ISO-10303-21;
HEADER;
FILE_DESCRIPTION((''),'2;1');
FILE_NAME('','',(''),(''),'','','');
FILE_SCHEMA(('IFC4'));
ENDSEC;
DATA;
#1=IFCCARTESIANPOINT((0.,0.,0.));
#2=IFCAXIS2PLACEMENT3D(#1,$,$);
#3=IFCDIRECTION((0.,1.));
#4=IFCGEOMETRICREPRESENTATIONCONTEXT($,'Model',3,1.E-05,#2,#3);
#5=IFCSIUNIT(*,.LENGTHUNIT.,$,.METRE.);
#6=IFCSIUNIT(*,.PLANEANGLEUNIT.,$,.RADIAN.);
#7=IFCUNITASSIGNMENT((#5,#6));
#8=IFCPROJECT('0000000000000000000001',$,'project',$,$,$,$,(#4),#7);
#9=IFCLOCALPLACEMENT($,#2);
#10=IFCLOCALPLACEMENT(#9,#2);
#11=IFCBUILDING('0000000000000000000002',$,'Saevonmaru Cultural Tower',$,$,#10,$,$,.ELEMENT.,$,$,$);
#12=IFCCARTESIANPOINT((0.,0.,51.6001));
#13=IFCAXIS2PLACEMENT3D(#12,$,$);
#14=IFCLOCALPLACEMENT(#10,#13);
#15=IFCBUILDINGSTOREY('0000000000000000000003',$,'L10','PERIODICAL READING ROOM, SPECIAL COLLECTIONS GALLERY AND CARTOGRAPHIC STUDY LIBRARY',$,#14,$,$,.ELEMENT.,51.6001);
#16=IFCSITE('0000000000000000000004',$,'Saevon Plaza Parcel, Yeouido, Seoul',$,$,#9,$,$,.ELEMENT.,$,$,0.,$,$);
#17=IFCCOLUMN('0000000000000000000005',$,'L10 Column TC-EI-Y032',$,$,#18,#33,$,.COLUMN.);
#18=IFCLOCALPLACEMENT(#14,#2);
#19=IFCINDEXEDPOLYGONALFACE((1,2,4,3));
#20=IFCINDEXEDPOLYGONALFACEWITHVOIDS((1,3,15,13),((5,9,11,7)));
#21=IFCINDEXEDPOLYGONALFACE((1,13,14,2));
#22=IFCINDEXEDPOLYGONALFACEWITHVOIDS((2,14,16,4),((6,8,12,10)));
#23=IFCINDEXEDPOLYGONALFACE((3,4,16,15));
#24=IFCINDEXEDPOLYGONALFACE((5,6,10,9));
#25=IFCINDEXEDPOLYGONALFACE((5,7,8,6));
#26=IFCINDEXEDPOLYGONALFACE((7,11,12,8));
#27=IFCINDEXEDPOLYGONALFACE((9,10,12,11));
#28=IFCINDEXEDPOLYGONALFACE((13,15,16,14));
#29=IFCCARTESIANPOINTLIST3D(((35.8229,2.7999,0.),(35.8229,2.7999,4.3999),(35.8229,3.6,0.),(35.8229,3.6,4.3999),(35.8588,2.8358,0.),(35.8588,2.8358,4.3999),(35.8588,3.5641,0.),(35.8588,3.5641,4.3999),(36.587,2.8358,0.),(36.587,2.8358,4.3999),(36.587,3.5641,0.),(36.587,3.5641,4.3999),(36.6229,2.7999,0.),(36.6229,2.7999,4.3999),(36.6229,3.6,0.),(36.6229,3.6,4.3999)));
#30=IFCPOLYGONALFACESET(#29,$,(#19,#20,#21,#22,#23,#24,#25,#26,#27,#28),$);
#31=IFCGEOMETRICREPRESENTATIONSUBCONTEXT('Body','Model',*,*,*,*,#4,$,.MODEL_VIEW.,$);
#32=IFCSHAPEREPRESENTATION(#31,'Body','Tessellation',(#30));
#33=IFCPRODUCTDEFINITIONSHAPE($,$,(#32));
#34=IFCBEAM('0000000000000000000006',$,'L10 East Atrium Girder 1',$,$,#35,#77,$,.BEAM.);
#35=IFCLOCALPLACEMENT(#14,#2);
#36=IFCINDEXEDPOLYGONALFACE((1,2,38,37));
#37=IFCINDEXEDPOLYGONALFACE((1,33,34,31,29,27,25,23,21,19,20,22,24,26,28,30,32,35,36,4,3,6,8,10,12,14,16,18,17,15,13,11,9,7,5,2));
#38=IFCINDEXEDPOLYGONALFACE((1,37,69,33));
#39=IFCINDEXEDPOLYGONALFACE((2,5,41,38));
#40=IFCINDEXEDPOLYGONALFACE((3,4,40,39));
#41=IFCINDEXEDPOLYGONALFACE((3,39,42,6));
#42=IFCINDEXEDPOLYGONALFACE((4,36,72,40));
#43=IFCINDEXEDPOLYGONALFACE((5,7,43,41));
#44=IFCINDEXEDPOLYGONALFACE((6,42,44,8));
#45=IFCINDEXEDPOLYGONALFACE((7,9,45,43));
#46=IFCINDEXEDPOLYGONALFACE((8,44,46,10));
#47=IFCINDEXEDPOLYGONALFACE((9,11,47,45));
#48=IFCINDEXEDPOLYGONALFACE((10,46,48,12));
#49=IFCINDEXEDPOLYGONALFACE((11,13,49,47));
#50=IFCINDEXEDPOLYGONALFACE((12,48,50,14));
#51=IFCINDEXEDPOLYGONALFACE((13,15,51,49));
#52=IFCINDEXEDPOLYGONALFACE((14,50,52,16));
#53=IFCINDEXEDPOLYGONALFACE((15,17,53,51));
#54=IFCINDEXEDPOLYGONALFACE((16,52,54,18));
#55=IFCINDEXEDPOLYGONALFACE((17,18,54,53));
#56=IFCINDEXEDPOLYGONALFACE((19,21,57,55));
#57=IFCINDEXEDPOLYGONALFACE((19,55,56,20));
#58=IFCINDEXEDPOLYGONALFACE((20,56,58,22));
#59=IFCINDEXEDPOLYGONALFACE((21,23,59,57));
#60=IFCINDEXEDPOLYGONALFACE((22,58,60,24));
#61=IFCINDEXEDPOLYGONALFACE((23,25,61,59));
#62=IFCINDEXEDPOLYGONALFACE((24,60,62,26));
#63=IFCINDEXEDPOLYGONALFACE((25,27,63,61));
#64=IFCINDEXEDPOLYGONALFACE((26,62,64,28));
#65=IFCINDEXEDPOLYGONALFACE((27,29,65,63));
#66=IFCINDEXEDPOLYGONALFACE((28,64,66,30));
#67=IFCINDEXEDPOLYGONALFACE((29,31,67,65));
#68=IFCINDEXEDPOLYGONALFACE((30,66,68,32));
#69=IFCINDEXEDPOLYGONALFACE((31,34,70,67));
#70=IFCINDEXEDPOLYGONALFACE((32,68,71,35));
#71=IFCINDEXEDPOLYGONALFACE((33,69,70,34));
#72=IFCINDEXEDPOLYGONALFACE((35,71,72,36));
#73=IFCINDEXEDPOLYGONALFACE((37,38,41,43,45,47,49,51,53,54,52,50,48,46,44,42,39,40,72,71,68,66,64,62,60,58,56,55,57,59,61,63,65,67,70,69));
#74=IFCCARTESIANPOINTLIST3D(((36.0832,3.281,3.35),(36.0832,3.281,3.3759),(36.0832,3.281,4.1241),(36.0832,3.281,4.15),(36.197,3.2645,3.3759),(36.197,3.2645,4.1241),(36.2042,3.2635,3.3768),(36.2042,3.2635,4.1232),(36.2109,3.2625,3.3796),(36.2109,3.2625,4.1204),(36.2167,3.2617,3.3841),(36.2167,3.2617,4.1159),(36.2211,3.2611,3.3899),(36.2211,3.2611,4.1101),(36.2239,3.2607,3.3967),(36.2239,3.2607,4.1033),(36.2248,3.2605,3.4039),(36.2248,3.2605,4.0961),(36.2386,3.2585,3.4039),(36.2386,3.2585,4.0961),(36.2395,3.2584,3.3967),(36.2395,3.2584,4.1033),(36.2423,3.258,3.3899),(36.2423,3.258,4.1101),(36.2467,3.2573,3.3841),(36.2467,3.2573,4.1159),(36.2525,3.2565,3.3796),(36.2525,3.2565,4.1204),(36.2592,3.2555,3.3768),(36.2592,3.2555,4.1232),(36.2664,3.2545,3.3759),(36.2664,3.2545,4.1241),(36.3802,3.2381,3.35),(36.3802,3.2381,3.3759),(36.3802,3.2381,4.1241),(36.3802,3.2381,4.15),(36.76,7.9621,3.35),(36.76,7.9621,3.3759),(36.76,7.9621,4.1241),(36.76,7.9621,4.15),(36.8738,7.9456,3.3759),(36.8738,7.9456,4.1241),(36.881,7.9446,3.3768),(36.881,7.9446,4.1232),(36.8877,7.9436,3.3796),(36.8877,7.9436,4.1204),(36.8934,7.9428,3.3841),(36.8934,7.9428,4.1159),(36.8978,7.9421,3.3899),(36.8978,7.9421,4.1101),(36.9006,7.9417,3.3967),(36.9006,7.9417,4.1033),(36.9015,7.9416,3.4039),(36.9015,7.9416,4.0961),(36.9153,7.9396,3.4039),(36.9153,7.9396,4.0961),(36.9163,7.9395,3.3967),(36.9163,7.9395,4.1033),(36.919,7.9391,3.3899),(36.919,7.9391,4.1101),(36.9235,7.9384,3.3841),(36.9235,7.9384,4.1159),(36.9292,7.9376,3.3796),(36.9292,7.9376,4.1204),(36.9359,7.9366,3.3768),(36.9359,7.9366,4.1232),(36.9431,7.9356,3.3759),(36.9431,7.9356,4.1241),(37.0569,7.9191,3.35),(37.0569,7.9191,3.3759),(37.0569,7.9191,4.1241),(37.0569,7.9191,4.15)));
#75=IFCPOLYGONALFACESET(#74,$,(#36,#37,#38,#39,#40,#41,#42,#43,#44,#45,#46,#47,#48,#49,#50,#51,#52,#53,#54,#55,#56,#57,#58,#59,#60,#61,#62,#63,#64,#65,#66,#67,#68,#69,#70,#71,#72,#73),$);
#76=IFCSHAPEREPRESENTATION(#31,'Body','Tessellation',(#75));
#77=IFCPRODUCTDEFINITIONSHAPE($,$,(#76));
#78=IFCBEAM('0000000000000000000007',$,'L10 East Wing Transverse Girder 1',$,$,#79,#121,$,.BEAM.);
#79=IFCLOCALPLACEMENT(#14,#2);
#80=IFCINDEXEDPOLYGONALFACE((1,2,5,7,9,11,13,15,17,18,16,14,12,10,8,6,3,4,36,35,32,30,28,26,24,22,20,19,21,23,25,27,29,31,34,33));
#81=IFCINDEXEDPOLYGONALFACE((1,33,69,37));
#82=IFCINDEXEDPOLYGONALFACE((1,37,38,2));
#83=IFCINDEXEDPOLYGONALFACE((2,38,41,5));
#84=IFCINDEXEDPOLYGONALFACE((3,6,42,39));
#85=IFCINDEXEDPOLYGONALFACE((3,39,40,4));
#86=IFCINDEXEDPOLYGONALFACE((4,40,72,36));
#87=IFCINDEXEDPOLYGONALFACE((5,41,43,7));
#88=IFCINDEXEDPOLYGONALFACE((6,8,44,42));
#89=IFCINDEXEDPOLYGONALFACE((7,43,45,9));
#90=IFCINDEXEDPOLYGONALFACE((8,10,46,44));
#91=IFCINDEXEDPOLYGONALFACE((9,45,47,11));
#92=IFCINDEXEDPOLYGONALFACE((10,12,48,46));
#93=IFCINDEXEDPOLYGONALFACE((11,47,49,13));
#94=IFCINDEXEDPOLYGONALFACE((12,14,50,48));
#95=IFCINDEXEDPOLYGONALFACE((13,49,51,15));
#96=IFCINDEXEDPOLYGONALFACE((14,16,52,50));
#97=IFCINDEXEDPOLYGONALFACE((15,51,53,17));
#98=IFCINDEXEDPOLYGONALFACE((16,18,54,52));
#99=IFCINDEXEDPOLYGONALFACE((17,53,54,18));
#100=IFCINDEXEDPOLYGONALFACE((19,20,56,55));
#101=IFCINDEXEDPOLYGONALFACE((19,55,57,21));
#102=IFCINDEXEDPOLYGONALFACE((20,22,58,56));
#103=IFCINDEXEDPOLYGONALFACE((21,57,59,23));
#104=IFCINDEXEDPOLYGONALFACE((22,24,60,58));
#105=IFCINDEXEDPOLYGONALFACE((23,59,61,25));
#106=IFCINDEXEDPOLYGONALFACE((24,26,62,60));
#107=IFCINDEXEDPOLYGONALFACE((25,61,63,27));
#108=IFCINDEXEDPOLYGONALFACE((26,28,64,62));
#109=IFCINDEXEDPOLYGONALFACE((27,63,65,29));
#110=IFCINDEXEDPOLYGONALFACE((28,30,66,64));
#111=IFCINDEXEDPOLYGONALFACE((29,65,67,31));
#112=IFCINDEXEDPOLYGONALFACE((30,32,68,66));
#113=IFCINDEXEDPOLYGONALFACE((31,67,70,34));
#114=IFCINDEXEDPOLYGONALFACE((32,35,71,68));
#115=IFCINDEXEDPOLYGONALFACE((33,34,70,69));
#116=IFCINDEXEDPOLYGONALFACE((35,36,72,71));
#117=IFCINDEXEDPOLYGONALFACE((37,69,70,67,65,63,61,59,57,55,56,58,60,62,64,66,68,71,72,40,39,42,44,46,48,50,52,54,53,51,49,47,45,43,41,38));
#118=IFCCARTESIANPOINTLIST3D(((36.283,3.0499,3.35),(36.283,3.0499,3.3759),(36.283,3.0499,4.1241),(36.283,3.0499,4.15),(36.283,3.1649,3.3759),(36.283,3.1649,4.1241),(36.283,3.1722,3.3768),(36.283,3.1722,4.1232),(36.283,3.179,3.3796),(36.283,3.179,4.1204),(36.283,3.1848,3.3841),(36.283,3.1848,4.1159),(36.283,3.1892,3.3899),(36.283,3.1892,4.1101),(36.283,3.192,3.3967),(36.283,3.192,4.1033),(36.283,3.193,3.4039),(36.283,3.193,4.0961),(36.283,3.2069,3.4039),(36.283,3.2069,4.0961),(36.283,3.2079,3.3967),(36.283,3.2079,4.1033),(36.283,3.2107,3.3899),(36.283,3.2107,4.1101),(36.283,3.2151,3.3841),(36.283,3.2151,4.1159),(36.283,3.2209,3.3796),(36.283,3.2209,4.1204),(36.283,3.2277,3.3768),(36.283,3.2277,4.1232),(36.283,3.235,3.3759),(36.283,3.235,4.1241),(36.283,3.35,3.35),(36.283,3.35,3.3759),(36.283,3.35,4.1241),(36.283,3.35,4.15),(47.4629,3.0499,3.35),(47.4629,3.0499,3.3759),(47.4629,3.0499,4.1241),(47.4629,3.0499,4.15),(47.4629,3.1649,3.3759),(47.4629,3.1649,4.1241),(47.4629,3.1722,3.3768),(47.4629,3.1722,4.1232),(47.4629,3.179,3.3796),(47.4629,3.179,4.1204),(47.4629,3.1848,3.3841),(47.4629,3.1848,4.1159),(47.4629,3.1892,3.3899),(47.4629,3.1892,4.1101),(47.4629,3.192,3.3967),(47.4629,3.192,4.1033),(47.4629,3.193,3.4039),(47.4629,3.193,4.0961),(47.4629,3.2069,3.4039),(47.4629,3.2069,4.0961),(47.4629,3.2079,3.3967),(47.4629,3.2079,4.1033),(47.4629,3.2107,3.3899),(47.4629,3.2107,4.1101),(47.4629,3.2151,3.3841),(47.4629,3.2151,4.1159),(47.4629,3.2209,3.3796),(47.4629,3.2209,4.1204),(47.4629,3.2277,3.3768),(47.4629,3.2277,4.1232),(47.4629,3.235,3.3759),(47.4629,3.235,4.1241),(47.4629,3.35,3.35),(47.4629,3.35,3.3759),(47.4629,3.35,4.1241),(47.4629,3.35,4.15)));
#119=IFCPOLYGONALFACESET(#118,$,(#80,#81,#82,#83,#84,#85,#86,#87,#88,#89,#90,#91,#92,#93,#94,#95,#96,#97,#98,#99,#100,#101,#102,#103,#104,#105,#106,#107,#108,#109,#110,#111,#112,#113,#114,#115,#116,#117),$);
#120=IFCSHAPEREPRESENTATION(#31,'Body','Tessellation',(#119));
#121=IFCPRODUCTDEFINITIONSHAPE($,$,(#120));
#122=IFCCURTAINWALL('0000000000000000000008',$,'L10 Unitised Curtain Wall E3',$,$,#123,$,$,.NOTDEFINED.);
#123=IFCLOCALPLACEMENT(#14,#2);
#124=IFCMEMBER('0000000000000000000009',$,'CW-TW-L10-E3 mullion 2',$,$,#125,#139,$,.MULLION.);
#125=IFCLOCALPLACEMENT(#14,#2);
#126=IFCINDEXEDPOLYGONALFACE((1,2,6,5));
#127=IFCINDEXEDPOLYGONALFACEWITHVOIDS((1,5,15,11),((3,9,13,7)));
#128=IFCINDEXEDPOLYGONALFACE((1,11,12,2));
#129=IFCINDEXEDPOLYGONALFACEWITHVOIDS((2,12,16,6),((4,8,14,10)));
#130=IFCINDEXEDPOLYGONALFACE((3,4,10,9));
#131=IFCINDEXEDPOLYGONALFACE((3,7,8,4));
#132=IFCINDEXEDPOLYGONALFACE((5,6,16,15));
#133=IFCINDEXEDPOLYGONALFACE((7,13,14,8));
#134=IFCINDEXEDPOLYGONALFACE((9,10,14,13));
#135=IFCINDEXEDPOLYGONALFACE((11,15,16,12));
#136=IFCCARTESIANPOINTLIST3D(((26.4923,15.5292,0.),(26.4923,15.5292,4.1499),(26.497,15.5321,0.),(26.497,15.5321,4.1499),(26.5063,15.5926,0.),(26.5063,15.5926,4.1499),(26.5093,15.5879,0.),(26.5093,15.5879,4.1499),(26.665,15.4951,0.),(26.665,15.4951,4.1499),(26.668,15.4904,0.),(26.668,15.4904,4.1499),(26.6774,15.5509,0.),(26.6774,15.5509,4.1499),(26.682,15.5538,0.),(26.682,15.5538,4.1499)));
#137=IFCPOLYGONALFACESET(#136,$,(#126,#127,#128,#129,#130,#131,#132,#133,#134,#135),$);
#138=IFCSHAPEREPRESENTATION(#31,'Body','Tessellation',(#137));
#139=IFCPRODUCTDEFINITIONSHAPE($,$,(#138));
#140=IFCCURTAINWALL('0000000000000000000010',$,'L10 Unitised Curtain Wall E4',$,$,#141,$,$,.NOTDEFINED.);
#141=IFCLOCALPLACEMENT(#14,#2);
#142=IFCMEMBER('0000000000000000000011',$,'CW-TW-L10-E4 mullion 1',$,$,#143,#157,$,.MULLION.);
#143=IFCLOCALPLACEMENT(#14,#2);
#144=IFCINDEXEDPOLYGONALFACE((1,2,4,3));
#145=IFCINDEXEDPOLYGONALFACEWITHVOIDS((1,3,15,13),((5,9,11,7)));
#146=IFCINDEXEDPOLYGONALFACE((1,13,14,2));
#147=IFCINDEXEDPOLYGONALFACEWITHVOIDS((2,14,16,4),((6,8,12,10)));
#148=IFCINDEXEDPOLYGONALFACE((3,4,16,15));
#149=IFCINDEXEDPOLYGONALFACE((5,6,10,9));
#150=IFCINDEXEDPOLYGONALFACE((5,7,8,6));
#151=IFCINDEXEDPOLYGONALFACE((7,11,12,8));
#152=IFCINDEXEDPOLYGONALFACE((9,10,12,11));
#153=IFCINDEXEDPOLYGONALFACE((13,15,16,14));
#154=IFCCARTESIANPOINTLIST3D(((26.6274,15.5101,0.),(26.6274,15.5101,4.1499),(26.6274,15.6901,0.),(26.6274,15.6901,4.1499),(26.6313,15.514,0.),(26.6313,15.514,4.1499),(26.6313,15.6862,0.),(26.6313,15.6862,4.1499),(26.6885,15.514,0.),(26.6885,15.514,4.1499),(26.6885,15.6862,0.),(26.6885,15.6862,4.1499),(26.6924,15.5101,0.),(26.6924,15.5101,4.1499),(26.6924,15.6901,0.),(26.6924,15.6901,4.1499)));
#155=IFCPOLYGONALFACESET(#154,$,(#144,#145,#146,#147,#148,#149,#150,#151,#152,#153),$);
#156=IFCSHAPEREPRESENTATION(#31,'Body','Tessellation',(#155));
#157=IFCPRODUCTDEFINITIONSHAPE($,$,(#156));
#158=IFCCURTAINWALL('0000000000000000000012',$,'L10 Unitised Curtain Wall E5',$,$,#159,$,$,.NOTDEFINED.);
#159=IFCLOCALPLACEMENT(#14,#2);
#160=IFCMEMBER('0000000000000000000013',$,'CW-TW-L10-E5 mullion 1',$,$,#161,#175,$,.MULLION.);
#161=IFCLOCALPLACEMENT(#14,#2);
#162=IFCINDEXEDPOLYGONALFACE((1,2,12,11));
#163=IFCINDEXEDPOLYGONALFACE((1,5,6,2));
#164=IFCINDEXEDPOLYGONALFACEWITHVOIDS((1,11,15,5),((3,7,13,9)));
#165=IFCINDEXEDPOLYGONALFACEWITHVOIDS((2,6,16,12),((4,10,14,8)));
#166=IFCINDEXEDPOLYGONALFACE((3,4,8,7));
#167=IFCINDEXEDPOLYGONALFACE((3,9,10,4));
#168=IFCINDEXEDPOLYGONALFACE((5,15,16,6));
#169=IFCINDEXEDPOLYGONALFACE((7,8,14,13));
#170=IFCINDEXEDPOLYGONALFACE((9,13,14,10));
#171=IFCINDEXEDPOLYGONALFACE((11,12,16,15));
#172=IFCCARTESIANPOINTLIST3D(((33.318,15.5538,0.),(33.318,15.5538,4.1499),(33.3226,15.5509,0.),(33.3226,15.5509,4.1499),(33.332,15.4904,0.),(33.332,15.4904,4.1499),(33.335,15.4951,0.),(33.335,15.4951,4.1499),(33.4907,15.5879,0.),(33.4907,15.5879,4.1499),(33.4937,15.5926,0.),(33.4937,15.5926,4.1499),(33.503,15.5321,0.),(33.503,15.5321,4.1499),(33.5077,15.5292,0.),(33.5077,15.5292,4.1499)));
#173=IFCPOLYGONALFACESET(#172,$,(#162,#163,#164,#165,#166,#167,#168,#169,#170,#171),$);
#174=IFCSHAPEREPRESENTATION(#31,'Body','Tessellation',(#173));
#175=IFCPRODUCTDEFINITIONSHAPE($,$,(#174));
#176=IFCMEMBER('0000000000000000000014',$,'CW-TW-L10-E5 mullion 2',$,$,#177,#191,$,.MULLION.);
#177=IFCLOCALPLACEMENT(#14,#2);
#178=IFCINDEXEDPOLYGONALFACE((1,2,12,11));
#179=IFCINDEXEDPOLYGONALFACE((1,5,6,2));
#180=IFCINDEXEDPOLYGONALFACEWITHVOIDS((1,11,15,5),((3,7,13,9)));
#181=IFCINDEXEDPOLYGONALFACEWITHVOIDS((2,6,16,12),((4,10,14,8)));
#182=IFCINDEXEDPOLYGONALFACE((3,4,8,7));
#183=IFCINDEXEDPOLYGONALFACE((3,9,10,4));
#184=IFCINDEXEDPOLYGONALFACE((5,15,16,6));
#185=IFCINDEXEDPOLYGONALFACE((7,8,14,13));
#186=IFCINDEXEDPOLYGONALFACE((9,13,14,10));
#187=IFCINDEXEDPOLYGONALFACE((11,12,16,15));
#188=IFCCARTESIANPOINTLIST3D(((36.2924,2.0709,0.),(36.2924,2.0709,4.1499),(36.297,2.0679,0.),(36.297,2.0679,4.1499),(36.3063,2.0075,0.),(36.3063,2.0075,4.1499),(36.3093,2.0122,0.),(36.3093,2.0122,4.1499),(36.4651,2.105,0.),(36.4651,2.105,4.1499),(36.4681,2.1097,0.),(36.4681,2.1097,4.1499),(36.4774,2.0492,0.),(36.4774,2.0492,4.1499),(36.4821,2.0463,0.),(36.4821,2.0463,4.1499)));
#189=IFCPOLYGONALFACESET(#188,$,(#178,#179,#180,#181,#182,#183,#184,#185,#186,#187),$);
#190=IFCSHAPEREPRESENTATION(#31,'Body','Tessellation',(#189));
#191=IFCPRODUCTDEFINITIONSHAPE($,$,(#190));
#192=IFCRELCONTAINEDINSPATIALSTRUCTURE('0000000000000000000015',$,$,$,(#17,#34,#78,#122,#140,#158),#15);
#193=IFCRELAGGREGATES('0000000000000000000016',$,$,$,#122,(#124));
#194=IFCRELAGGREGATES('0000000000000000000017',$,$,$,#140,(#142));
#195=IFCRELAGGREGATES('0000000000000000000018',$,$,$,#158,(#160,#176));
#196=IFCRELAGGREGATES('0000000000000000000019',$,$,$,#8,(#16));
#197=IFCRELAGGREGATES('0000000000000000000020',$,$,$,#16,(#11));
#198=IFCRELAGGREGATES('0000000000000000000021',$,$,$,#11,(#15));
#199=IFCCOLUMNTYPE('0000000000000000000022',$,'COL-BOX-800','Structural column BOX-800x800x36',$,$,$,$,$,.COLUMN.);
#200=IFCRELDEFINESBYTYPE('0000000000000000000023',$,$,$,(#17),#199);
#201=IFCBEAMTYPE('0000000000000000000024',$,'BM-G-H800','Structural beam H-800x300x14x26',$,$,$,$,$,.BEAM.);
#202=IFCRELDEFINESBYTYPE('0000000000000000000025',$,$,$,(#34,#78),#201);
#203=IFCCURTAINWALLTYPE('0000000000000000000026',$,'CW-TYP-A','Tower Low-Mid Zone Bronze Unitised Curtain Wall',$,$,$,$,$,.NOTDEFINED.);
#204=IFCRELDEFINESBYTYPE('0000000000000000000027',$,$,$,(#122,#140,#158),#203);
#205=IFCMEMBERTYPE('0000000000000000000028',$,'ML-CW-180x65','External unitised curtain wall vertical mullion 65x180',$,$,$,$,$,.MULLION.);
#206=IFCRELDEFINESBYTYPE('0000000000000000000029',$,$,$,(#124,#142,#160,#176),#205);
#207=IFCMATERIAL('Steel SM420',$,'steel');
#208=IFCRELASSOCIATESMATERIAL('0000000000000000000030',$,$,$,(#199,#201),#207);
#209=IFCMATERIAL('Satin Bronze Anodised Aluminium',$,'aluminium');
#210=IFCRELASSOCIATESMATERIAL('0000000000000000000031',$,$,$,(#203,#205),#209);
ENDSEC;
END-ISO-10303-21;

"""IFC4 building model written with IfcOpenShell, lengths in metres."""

from ifc_helpers import new_model, si_unit, direction, frame, origin, origin_2d, place, context, subcontext, project, spatial, hollow_rectangle, i_section, extrude, material, material_profile, profile_set, type_object, element, aggregate, save


model = new_model("IFC4")

# Units and contexts
model_context = context("Model", 3, precision=1e-05, world=origin(), true_north=direction((0.0, 1.0)))
body_context = subcontext(model_context, "Body", "Model", "MODEL_VIEW")
ifc_project = project(units=[si_unit("LENGTHUNIT", "METRE"), si_unit("PLANEANGLEUNIT", "RADIAN")], contexts=[model_context])

# Site, building, storey
site_placement = place(None, origin())
site = spatial("IfcSite", under=ifc_project, at=site_placement, Name="Saevon Plaza Parcel, Yeouido, Seoul", CompositionType="ELEMENT", RefElevation=0.0)
building_placement = place(site_placement, origin())
building = spatial("IfcBuilding", under=site, at=building_placement, Name="Saevonmaru Cultural Tower", CompositionType="ELEMENT")
storey_placement = place(building_placement, frame((0.0, 0.0, 51.6001)))
storey = spatial("IfcBuildingStorey", under=building, at=storey_placement, Name="L10", Description="PERIODICAL READING ROOM, SPECIAL COLLECTIONS GALLERY AND CARTOGRAPHIC STUDY LIBRARY", CompositionType="ELEMENT", Elevation=51.6001)

# Column
ifc_material_1 = material(Name="Steel SM420", Category="steel")
ifc_material_profile_1 = material_profile(ifc_material_1, hollow_rectangle(XDim=0.8, YDim=0.8, WallThickness=0.0359, at=origin_2d()), Name="BOX-800x800x36")
ifc_profile_set_1 = profile_set([ifc_material_profile_1], Name="Steel SM420")
column_type = type_object("IfcColumnType", Name="COL-BOX-800", Description="Structural column BOX-800x800x36", PredefinedType="COLUMN", material=ifc_profile_set_1)
column_placement = place(storey_placement, frame((36.2229, 3.2, 0.0), z_axis=(0.0, 0.0, 1.0), x_axis=(1.0, 0.0, 0.0)))
element("IfcColumn", 1, at=column_placement, inside=storey, type_object=column_type, Name="L10 Column TC-EI-Y032", PredefinedType="COLUMN", context=body_context, shape_type="SweptSolid", body=[
    extrude(hollow_rectangle(XDim=0.8, YDim=0.8, WallThickness=0.0359, at=origin_2d()), origin(), (0.0, 0.0, 1.0), 4.3999),
])

# Beams
ifc_material_profile_2 = material_profile(ifc_material_1, i_section(OverallWidth=0.3, OverallDepth=0.8, WebThickness=0.0139, FlangeThickness=0.0259, FilletRadius=0.0281, at=origin_2d()), Name="H-800x300x14x26")
ifc_profile_set_2 = profile_set([ifc_material_profile_2], Name="Steel SM420")
beam_type = type_object("IfcBeamType", Name="BM-G-H800", Description="Structural beam H-800x300x14x26", PredefinedType="BEAM", material=ifc_profile_set_2)
beam_1_placement = place(storey_placement, frame((36.2317, 3.2595, 3.75), z_axis=(0.143083, 0.989711, 0.0), x_axis=(-0.989711, 0.143083, 0.0)))
element("IfcBeam", 2, at=beam_1_placement, inside=storey, type_object=beam_type, Name="L10 East Atrium Girder 1", PredefinedType="BEAM", context=body_context, shape_type="SweptSolid", body=[
    extrude(i_section(OverallWidth=0.3, OverallDepth=0.8, WebThickness=0.0139, FlangeThickness=0.0259, FilletRadius=0.0281, at=origin_2d()), origin(), (0.0, 0.0, 1.0), 4.7297),
])
beam_2_placement = place(storey_placement, frame((36.283, 3.2, 3.75), z_axis=(1.0, 0.0, 0.0), x_axis=(0.0, 1.0, 0.0)))
element("IfcBeam", 3, at=beam_2_placement, inside=storey, type_object=beam_type, Name="L10 East Wing Transverse Girder 1", PredefinedType="BEAM", context=body_context, shape_type="SweptSolid", body=[
    extrude(i_section(OverallWidth=0.3, OverallDepth=0.8, WebThickness=0.0139, FlangeThickness=0.0259, FilletRadius=0.0281, at=origin_2d()), origin(), (0.0, 0.0, 1.0), 11.1799),
])

# Curtain walls, members
ifc_material_2 = material(Name="Satin Bronze Anodised Aluminium", Category="aluminium")
curtain_wall_type = type_object("IfcCurtainWallType", Name="CW-TYP-A", Description="Tower Low-Mid Zone Bronze Unitised Curtain Wall", PredefinedType="NOTDEFINED", material=ifc_material_2)
curtain_wall_1_placement = place(storey_placement, origin())
curtain_wall_1 = element("IfcCurtainWall", 4, at=curtain_wall_1_placement, inside=storey, type_object=curtain_wall_type, Name="L10 Unitised Curtain Wall E3", PredefinedType="NOTDEFINED")
ifc_material_profile_3 = material_profile(ifc_material_2, hollow_rectangle(XDim=0.0649, YDim=0.1799, WallThickness=0.0039, at=origin_2d()), Name="ALU-MULL-180x65x4")
ifc_profile_set_3 = profile_set([ifc_material_profile_3], Name="Satin Bronze Anodised Aluminium")
member_type_1 = type_object("IfcMemberType", Name="ML-CW-180x65", Description="External unitised curtain wall vertical mullion 65x180", PredefinedType="MULLION", material=ifc_profile_set_3)
member_1_placement = place(storey_placement, frame((26.5872, 15.5415, 0.0), z_axis=(0.0, 0.0, 1.0), x_axis=(0.215413, 0.976523, 0.0)))
member_1 = element("IfcMember", 5, at=member_1_placement, type_object=member_type_1, Name="CW-TW-L10-E3 mullion 2", PredefinedType="MULLION", context=body_context, shape_type="SweptSolid", body=[
    extrude(hollow_rectangle(XDim=0.0649, YDim=0.1799, WallThickness=0.0039, at=origin_2d()), origin(), (0.0, 0.0, 1.0), 4.1499),
])
aggregate(curtain_wall_1, [member_1])
curtain_wall_2_placement = place(storey_placement, origin())
curtain_wall_2 = element("IfcCurtainWall", 6, at=curtain_wall_2_placement, inside=storey, type_object=curtain_wall_type, Name="L10 Unitised Curtain Wall E4", PredefinedType="NOTDEFINED")
member_2_placement = place(storey_placement, frame((26.6599, 15.6001, 0.0), z_axis=(0.0, 0.0, 1.0), x_axis=(1.0, 0.0, 0.0)))
member_2 = element("IfcMember", 7, at=member_2_placement, type_object=member_type_1, Name="CW-TW-L10-E4 mullion 1", PredefinedType="MULLION", context=body_context, shape_type="SweptSolid", body=[
    extrude(hollow_rectangle(XDim=0.0649, YDim=0.1799, WallThickness=0.0039, at=origin_2d()), origin(), (0.0, 0.0, 1.0), 4.1499),
])

# Curtain wall, members
curtain_wall_3_placement = place(storey_placement, origin())
curtain_wall_3 = element("IfcCurtainWall", 8, at=curtain_wall_3_placement, inside=storey, type_object=curtain_wall_type, Name="L10 Unitised Curtain Wall E5", PredefinedType="NOTDEFINED")
member_3_placement = place(storey_placement, frame((33.4128, 15.5415, 0.0), z_axis=(0.0, 0.0, 1.0), x_axis=(0.215413, -0.976523, 0.0)))
member_3 = element("IfcMember", 9, at=member_3_placement, type_object=member_type_1, Name="CW-TW-L10-E5 mullion 1", PredefinedType="MULLION", context=body_context, shape_type="SweptSolid", body=[
    extrude(hollow_rectangle(XDim=0.0649, YDim=0.1799, WallThickness=0.0039, at=origin_2d()), origin(), (0.0, 0.0, 1.0), 4.1499),
])
member_4_placement = place(storey_placement, frame((36.3872, 2.0586, 0.0), z_axis=(0.0, 0.0, 1.0), x_axis=(0.215413, -0.976523, 0.0)))
member_4 = element("IfcMember", 10, at=member_4_placement, type_object=member_type_1, Name="CW-TW-L10-E5 mullion 2", PredefinedType="MULLION", context=body_context, shape_type="SweptSolid", body=[
    extrude(hollow_rectangle(XDim=0.0649, YDim=0.1799, WallThickness=0.0039, at=origin_2d()), origin(), (0.0, 0.0, 1.0), 4.1499),
])

aggregate(curtain_wall_2, [member_2])
aggregate(curtain_wall_3, [member_3, member_4])

save(model, "model.ifc")
